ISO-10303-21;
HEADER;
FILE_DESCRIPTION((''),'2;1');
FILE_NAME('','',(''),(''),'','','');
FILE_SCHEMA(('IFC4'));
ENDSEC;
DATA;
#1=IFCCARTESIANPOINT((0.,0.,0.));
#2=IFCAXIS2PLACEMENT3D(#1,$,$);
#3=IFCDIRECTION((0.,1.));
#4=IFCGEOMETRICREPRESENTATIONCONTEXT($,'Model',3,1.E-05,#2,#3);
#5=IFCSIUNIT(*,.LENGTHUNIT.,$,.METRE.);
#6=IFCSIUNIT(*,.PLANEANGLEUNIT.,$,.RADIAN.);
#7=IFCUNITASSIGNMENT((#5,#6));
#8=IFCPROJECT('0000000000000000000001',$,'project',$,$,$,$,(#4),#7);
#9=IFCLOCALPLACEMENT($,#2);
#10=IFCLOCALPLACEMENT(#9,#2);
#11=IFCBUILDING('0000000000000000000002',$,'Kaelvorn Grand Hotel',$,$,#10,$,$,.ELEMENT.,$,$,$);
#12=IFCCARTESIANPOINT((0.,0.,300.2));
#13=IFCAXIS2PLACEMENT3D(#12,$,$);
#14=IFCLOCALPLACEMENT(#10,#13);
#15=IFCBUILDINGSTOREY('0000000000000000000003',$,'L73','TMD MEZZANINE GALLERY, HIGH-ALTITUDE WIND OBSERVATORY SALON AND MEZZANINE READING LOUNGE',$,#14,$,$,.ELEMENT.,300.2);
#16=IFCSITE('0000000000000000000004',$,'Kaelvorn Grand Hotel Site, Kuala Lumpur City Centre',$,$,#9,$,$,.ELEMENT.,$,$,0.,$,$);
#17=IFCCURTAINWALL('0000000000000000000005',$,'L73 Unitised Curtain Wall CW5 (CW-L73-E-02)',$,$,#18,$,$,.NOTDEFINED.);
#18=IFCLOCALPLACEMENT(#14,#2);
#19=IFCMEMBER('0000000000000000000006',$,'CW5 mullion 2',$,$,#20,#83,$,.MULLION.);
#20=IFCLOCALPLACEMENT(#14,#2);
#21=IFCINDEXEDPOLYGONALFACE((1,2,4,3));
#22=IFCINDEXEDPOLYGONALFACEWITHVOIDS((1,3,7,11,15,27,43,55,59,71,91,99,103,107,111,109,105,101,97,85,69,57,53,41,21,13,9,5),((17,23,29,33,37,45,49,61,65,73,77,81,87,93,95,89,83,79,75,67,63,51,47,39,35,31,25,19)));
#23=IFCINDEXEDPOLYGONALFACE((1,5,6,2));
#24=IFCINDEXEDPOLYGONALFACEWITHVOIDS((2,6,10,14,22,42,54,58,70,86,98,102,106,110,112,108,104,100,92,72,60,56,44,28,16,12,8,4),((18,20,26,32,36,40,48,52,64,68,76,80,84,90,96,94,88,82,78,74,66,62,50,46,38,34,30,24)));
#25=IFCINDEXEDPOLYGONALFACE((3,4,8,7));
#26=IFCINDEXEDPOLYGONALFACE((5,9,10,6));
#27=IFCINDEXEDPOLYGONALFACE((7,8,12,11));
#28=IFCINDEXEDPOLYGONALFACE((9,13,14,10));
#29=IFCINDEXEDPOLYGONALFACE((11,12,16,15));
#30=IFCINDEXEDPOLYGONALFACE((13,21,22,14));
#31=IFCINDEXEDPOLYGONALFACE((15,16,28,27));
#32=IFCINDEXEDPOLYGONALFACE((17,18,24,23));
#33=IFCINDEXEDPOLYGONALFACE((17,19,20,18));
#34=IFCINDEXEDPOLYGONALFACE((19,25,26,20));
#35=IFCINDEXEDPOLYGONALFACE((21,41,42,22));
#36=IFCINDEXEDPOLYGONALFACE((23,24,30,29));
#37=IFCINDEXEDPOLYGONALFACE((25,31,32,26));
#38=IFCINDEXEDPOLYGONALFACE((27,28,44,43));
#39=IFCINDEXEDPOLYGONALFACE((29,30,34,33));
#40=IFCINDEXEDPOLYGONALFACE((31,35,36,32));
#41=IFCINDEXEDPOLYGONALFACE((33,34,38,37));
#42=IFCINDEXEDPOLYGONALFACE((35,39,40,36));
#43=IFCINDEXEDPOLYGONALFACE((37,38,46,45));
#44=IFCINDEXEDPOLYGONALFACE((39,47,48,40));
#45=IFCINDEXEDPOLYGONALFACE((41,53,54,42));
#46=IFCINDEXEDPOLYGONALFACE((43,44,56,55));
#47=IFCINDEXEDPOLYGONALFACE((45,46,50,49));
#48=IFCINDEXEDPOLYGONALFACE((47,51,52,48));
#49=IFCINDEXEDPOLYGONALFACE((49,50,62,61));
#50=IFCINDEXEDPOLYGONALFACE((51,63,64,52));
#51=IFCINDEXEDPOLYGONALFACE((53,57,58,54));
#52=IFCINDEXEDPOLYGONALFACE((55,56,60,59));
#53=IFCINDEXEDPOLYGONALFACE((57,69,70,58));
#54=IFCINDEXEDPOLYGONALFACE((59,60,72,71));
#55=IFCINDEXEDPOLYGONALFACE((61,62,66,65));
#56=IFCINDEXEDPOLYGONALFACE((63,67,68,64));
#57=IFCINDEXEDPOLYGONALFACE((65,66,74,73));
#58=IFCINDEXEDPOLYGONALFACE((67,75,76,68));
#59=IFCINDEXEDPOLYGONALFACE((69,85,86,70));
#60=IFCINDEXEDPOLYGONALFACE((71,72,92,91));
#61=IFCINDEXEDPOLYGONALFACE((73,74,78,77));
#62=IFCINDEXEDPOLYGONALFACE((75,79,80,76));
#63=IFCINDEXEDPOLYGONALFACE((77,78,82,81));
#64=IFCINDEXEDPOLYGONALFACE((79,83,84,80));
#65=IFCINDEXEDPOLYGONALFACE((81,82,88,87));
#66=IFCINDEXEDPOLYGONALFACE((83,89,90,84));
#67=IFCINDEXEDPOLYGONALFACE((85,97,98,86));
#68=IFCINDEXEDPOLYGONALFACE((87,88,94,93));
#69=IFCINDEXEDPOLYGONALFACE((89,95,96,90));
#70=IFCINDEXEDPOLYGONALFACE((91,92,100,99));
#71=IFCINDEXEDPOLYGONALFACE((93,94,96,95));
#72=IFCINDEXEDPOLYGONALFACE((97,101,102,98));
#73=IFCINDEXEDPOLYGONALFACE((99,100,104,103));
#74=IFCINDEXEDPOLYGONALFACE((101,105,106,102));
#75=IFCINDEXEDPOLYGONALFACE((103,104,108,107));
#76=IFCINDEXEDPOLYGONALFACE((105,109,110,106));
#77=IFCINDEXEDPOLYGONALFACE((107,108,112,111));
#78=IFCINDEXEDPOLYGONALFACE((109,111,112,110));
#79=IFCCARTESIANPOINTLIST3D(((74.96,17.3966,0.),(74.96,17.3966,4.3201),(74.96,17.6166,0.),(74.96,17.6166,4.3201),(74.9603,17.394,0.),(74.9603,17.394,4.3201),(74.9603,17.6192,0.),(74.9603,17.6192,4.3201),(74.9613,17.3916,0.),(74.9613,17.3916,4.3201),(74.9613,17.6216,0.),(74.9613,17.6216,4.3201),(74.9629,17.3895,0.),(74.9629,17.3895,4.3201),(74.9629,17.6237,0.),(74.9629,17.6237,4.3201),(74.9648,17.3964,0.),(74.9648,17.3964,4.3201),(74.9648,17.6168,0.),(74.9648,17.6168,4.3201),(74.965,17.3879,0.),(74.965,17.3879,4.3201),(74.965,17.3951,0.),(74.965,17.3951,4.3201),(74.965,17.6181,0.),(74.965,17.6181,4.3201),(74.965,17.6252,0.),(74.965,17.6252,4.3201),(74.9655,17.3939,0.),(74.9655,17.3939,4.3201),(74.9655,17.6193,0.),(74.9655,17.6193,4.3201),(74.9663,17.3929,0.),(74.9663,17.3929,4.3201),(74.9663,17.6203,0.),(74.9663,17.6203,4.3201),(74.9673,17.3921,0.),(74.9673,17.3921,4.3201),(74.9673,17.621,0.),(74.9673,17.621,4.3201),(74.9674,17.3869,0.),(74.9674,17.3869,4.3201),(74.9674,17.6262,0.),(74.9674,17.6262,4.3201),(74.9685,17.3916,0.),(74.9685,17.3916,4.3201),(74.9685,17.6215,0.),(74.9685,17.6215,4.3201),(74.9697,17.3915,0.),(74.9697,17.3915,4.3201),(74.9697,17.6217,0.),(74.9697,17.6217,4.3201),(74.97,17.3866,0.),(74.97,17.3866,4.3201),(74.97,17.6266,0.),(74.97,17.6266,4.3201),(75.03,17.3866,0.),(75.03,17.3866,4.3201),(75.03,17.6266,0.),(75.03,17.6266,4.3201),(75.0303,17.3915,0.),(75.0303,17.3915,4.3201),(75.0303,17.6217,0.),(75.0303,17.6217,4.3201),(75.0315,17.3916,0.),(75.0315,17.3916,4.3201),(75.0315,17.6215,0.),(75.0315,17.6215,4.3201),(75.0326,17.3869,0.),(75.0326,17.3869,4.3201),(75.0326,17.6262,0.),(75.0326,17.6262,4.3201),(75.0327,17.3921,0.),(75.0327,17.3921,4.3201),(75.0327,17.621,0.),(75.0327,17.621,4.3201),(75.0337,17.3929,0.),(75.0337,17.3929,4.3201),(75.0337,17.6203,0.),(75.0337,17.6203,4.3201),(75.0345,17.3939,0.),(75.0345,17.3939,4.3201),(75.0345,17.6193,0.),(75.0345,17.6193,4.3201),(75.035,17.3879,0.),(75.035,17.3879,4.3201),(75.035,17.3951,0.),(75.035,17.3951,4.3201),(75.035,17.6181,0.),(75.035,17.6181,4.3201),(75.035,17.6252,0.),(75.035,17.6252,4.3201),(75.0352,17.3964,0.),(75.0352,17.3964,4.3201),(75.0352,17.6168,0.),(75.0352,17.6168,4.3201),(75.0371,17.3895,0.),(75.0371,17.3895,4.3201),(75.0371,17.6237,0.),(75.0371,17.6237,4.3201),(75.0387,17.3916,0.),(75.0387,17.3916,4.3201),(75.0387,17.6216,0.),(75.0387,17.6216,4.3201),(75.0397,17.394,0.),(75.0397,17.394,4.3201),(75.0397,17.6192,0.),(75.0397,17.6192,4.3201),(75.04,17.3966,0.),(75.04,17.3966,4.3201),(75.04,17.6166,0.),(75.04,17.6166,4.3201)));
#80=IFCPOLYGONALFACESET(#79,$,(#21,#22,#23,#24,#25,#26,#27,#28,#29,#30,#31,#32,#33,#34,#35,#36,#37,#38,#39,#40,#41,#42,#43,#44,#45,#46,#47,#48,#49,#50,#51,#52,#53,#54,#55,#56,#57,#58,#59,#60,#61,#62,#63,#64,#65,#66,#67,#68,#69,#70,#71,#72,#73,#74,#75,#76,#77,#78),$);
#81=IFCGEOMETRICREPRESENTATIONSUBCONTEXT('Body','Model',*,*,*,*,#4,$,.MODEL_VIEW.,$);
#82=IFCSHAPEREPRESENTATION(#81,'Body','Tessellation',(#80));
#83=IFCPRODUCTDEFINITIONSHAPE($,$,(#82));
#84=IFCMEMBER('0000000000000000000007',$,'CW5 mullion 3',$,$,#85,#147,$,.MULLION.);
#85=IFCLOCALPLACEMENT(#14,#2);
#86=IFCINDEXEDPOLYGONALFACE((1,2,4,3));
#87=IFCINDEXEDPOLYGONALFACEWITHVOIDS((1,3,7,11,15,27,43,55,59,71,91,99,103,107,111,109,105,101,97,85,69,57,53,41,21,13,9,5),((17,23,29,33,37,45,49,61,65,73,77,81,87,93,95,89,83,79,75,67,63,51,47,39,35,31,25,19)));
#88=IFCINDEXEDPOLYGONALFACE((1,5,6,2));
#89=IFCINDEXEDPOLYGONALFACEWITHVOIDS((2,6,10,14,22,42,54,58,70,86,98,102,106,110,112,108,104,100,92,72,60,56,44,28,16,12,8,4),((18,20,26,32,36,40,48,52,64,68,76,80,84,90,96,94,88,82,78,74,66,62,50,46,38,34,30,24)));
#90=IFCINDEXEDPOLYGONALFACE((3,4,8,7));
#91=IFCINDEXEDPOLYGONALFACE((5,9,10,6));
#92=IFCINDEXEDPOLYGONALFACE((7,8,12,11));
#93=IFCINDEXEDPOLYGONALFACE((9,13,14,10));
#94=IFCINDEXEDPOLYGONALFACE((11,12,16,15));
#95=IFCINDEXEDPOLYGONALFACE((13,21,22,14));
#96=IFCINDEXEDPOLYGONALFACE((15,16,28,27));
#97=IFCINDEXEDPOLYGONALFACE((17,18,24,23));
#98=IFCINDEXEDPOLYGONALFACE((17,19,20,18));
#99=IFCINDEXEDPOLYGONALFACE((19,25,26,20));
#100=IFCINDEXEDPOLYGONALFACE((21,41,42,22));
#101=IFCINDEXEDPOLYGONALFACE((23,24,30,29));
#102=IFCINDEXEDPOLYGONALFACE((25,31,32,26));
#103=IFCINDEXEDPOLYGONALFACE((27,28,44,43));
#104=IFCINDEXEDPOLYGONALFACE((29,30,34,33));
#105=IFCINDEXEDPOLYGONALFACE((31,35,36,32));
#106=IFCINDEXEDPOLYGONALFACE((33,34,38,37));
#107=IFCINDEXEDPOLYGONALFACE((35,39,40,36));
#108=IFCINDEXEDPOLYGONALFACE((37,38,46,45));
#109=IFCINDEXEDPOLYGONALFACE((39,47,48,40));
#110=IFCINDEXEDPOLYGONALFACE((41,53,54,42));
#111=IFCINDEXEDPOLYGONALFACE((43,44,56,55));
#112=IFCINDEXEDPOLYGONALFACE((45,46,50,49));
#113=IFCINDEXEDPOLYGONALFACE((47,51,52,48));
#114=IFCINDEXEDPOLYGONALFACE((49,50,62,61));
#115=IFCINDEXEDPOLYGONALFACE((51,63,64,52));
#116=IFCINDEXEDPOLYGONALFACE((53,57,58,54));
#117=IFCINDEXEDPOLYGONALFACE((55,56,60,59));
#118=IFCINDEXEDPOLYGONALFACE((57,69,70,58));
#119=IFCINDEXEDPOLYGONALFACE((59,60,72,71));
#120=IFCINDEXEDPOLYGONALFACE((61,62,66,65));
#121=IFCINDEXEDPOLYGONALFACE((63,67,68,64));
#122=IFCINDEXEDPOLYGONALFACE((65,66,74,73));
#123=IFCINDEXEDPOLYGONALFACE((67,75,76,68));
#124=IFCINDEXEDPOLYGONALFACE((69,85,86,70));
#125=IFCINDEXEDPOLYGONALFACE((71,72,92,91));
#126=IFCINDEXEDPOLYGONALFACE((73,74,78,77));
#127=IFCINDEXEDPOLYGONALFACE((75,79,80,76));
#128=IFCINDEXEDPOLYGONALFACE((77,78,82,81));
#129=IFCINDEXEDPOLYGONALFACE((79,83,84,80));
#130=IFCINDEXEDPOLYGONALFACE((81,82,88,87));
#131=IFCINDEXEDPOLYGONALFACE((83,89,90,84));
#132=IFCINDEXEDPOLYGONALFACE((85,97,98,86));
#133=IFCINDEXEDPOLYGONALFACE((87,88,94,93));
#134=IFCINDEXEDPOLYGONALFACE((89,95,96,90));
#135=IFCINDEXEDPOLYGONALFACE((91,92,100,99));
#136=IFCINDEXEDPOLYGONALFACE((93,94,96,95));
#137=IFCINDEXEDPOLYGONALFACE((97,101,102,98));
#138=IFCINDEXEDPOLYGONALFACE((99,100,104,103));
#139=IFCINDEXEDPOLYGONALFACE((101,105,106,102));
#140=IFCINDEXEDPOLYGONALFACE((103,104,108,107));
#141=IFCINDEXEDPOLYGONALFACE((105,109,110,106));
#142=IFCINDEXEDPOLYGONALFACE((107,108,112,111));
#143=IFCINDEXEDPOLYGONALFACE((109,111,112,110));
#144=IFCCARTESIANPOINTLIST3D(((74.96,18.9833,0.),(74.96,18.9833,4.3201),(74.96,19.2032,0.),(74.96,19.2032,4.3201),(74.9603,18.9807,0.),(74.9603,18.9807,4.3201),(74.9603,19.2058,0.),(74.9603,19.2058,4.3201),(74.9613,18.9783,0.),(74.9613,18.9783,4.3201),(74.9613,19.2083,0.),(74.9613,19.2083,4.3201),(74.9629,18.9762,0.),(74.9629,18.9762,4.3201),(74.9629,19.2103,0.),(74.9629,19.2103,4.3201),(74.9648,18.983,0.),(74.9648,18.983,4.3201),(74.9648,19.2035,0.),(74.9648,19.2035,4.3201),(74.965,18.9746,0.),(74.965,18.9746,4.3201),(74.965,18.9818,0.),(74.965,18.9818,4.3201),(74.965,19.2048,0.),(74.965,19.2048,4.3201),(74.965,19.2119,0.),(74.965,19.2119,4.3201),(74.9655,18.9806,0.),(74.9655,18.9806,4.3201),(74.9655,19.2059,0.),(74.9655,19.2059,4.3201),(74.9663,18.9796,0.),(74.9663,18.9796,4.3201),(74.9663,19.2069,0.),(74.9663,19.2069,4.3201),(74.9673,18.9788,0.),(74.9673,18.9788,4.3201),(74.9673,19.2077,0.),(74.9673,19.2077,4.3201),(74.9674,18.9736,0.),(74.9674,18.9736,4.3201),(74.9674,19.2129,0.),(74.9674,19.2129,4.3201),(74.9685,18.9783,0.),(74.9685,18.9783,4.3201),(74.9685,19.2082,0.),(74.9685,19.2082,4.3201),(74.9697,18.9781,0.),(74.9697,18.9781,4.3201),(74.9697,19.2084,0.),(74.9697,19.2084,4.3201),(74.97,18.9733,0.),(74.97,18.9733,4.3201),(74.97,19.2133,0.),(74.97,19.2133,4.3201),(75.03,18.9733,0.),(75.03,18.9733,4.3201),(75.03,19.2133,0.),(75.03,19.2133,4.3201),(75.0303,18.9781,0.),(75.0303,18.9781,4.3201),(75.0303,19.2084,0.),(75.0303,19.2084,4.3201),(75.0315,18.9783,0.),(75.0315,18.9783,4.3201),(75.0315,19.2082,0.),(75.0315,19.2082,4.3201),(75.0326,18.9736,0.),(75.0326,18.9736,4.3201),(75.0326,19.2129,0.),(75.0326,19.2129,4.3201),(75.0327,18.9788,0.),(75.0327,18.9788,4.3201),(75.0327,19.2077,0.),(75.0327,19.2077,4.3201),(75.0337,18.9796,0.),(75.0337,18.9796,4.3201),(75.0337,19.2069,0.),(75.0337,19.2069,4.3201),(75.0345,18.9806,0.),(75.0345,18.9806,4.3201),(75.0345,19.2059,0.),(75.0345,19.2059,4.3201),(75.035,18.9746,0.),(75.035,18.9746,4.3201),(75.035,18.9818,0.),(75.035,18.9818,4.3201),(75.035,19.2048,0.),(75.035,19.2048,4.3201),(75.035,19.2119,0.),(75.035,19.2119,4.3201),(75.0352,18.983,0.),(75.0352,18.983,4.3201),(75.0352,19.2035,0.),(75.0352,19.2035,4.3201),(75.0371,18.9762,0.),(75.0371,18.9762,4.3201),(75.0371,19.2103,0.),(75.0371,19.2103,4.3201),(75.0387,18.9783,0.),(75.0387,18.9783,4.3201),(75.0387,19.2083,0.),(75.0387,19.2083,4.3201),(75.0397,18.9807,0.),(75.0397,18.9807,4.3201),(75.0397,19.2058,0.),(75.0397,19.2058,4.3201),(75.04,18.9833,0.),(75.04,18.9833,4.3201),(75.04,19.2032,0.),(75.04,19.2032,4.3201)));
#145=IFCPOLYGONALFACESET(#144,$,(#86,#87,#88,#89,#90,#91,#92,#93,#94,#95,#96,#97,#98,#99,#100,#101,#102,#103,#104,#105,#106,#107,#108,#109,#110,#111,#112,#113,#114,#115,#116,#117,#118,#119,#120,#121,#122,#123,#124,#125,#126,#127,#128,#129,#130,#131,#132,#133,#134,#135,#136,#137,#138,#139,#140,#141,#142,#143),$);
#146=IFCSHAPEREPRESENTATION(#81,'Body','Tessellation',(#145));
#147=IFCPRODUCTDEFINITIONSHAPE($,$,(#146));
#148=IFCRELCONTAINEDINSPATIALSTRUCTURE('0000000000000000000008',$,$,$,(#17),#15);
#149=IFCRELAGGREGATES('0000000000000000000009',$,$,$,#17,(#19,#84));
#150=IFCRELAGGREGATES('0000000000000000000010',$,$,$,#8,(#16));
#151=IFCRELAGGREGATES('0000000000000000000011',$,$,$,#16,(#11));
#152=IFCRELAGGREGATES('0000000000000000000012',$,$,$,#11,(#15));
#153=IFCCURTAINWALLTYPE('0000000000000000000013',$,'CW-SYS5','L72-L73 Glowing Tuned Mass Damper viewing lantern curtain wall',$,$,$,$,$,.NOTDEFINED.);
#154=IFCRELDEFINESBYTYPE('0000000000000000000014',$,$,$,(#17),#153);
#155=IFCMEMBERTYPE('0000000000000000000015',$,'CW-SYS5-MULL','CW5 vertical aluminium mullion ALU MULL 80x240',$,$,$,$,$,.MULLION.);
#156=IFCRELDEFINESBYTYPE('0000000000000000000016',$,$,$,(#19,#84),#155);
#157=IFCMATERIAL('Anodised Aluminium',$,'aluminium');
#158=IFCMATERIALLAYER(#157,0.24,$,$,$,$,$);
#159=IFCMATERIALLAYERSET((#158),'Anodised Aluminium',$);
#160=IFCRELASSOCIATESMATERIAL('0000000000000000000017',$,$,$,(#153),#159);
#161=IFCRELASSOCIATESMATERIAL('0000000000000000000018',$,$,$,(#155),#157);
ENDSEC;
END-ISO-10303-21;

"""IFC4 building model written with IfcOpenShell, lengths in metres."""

from ifc_helpers import new_model, si_unit, direction, frame, origin, origin_2d, place, context, subcontext, project, spatial, hollow_rectangle, extrude, material, layer, layer_set, material_profile, profile_set, type_object, element, aggregate, save


model = new_model("IFC4")

# Units and contexts
model_context = context("Model", 3, precision=1e-05, world=origin(), true_north=direction((0.0, 1.0)))
body_context = subcontext(model_context, "Body", "Model", "MODEL_VIEW")
ifc_project = project(units=[si_unit("LENGTHUNIT", "METRE"), si_unit("PLANEANGLEUNIT", "RADIAN")], contexts=[model_context])

# Site, building, storey
site_placement = place(None, origin())
site = spatial("IfcSite", under=ifc_project, at=site_placement, Name="Kaelvorn Grand Hotel Site, Kuala Lumpur City Centre", CompositionType="ELEMENT", RefElevation=0.0)
building_placement = place(site_placement, origin())
building = spatial("IfcBuilding", under=site, at=building_placement, Name="Kaelvorn Grand Hotel", CompositionType="ELEMENT")
storey_placement = place(building_placement, frame((0.0, 0.0, 300.2)))
storey = spatial("IfcBuildingStorey", under=building, at=storey_placement, Name="L73", Description="TMD MEZZANINE GALLERY, HIGH-ALTITUDE WIND OBSERVATORY SALON AND MEZZANINE READING LOUNGE", CompositionType="ELEMENT", Elevation=300.2)

# Curtain wall, members
ifc_material_1 = material(Name="Anodised Aluminium", Category="aluminium")
ifc_layer_1 = layer(ifc_material_1, 0.24)
ifc_layer_set_1 = layer_set([ifc_layer_1], Name="Anodised Aluminium")
curtain_wall_type = type_object("IfcCurtainWallType", Name="CW-SYS5", Description="L72-L73 Glowing Tuned Mass Damper viewing lantern curtain wall", PredefinedType="NOTDEFINED", material=ifc_layer_set_1)
curtain_wall_placement = place(storey_placement, origin())
curtain_wall = element("IfcCurtainWall", 1, at=curtain_wall_placement, inside=storey, type_object=curtain_wall_type, Name="L73 Unitised Curtain Wall CW5 (CW-L73-E-02)", PredefinedType="NOTDEFINED")
ifc_material_profile_1 = material_profile(ifc_material_1, hollow_rectangle(XDim=0.0801, YDim=0.24, WallThickness=0.0049, InnerFilletRadius=0.0049, OuterFilletRadius=0.01, at=origin_2d()), Name="ALU MULL 80x240")
ifc_profile_set_1 = profile_set([ifc_material_profile_1], Name="Anodised Aluminium")
member_type_1 = type_object("IfcMemberType", Name="CW-SYS5-MULL", Description="CW5 vertical aluminium mullion ALU MULL 80x240", PredefinedType="MULLION", material=ifc_profile_set_1)
member_1_placement = place(storey_placement, frame((75.0, 17.5066, 0.0), z_axis=(0.0, 0.0, 1.0), x_axis=(-1.0, 0.0, 0.0)))
member_1 = element("IfcMember", 2, at=member_1_placement, type_object=member_type_1, Name="CW5 mullion 2", PredefinedType="MULLION", context=body_context, shape_type="SweptSolid", body=[
    extrude(hollow_rectangle(XDim=0.0801, YDim=0.24, WallThickness=0.0049, InnerFilletRadius=0.0049, OuterFilletRadius=0.01, at=origin_2d()), origin(), (0.0, 0.0, 1.0), 4.3201),
])
member_2_placement = place(storey_placement, frame((75.0, 19.0933, 0.0), z_axis=(0.0, 0.0, 1.0), x_axis=(-1.0, 0.0, 0.0)))
member_2 = element("IfcMember", 3, at=member_2_placement, type_object=member_type_1, Name="CW5 mullion 3", PredefinedType="MULLION", context=body_context, shape_type="SweptSolid", body=[
    extrude(hollow_rectangle(XDim=0.0801, YDim=0.24, WallThickness=0.0049, InnerFilletRadius=0.0049, OuterFilletRadius=0.01, at=origin_2d()), origin(), (0.0, 0.0, 1.0), 4.3201),
])
aggregate(curtain_wall, [member_1, member_2])

save(model, "model.ifc")
